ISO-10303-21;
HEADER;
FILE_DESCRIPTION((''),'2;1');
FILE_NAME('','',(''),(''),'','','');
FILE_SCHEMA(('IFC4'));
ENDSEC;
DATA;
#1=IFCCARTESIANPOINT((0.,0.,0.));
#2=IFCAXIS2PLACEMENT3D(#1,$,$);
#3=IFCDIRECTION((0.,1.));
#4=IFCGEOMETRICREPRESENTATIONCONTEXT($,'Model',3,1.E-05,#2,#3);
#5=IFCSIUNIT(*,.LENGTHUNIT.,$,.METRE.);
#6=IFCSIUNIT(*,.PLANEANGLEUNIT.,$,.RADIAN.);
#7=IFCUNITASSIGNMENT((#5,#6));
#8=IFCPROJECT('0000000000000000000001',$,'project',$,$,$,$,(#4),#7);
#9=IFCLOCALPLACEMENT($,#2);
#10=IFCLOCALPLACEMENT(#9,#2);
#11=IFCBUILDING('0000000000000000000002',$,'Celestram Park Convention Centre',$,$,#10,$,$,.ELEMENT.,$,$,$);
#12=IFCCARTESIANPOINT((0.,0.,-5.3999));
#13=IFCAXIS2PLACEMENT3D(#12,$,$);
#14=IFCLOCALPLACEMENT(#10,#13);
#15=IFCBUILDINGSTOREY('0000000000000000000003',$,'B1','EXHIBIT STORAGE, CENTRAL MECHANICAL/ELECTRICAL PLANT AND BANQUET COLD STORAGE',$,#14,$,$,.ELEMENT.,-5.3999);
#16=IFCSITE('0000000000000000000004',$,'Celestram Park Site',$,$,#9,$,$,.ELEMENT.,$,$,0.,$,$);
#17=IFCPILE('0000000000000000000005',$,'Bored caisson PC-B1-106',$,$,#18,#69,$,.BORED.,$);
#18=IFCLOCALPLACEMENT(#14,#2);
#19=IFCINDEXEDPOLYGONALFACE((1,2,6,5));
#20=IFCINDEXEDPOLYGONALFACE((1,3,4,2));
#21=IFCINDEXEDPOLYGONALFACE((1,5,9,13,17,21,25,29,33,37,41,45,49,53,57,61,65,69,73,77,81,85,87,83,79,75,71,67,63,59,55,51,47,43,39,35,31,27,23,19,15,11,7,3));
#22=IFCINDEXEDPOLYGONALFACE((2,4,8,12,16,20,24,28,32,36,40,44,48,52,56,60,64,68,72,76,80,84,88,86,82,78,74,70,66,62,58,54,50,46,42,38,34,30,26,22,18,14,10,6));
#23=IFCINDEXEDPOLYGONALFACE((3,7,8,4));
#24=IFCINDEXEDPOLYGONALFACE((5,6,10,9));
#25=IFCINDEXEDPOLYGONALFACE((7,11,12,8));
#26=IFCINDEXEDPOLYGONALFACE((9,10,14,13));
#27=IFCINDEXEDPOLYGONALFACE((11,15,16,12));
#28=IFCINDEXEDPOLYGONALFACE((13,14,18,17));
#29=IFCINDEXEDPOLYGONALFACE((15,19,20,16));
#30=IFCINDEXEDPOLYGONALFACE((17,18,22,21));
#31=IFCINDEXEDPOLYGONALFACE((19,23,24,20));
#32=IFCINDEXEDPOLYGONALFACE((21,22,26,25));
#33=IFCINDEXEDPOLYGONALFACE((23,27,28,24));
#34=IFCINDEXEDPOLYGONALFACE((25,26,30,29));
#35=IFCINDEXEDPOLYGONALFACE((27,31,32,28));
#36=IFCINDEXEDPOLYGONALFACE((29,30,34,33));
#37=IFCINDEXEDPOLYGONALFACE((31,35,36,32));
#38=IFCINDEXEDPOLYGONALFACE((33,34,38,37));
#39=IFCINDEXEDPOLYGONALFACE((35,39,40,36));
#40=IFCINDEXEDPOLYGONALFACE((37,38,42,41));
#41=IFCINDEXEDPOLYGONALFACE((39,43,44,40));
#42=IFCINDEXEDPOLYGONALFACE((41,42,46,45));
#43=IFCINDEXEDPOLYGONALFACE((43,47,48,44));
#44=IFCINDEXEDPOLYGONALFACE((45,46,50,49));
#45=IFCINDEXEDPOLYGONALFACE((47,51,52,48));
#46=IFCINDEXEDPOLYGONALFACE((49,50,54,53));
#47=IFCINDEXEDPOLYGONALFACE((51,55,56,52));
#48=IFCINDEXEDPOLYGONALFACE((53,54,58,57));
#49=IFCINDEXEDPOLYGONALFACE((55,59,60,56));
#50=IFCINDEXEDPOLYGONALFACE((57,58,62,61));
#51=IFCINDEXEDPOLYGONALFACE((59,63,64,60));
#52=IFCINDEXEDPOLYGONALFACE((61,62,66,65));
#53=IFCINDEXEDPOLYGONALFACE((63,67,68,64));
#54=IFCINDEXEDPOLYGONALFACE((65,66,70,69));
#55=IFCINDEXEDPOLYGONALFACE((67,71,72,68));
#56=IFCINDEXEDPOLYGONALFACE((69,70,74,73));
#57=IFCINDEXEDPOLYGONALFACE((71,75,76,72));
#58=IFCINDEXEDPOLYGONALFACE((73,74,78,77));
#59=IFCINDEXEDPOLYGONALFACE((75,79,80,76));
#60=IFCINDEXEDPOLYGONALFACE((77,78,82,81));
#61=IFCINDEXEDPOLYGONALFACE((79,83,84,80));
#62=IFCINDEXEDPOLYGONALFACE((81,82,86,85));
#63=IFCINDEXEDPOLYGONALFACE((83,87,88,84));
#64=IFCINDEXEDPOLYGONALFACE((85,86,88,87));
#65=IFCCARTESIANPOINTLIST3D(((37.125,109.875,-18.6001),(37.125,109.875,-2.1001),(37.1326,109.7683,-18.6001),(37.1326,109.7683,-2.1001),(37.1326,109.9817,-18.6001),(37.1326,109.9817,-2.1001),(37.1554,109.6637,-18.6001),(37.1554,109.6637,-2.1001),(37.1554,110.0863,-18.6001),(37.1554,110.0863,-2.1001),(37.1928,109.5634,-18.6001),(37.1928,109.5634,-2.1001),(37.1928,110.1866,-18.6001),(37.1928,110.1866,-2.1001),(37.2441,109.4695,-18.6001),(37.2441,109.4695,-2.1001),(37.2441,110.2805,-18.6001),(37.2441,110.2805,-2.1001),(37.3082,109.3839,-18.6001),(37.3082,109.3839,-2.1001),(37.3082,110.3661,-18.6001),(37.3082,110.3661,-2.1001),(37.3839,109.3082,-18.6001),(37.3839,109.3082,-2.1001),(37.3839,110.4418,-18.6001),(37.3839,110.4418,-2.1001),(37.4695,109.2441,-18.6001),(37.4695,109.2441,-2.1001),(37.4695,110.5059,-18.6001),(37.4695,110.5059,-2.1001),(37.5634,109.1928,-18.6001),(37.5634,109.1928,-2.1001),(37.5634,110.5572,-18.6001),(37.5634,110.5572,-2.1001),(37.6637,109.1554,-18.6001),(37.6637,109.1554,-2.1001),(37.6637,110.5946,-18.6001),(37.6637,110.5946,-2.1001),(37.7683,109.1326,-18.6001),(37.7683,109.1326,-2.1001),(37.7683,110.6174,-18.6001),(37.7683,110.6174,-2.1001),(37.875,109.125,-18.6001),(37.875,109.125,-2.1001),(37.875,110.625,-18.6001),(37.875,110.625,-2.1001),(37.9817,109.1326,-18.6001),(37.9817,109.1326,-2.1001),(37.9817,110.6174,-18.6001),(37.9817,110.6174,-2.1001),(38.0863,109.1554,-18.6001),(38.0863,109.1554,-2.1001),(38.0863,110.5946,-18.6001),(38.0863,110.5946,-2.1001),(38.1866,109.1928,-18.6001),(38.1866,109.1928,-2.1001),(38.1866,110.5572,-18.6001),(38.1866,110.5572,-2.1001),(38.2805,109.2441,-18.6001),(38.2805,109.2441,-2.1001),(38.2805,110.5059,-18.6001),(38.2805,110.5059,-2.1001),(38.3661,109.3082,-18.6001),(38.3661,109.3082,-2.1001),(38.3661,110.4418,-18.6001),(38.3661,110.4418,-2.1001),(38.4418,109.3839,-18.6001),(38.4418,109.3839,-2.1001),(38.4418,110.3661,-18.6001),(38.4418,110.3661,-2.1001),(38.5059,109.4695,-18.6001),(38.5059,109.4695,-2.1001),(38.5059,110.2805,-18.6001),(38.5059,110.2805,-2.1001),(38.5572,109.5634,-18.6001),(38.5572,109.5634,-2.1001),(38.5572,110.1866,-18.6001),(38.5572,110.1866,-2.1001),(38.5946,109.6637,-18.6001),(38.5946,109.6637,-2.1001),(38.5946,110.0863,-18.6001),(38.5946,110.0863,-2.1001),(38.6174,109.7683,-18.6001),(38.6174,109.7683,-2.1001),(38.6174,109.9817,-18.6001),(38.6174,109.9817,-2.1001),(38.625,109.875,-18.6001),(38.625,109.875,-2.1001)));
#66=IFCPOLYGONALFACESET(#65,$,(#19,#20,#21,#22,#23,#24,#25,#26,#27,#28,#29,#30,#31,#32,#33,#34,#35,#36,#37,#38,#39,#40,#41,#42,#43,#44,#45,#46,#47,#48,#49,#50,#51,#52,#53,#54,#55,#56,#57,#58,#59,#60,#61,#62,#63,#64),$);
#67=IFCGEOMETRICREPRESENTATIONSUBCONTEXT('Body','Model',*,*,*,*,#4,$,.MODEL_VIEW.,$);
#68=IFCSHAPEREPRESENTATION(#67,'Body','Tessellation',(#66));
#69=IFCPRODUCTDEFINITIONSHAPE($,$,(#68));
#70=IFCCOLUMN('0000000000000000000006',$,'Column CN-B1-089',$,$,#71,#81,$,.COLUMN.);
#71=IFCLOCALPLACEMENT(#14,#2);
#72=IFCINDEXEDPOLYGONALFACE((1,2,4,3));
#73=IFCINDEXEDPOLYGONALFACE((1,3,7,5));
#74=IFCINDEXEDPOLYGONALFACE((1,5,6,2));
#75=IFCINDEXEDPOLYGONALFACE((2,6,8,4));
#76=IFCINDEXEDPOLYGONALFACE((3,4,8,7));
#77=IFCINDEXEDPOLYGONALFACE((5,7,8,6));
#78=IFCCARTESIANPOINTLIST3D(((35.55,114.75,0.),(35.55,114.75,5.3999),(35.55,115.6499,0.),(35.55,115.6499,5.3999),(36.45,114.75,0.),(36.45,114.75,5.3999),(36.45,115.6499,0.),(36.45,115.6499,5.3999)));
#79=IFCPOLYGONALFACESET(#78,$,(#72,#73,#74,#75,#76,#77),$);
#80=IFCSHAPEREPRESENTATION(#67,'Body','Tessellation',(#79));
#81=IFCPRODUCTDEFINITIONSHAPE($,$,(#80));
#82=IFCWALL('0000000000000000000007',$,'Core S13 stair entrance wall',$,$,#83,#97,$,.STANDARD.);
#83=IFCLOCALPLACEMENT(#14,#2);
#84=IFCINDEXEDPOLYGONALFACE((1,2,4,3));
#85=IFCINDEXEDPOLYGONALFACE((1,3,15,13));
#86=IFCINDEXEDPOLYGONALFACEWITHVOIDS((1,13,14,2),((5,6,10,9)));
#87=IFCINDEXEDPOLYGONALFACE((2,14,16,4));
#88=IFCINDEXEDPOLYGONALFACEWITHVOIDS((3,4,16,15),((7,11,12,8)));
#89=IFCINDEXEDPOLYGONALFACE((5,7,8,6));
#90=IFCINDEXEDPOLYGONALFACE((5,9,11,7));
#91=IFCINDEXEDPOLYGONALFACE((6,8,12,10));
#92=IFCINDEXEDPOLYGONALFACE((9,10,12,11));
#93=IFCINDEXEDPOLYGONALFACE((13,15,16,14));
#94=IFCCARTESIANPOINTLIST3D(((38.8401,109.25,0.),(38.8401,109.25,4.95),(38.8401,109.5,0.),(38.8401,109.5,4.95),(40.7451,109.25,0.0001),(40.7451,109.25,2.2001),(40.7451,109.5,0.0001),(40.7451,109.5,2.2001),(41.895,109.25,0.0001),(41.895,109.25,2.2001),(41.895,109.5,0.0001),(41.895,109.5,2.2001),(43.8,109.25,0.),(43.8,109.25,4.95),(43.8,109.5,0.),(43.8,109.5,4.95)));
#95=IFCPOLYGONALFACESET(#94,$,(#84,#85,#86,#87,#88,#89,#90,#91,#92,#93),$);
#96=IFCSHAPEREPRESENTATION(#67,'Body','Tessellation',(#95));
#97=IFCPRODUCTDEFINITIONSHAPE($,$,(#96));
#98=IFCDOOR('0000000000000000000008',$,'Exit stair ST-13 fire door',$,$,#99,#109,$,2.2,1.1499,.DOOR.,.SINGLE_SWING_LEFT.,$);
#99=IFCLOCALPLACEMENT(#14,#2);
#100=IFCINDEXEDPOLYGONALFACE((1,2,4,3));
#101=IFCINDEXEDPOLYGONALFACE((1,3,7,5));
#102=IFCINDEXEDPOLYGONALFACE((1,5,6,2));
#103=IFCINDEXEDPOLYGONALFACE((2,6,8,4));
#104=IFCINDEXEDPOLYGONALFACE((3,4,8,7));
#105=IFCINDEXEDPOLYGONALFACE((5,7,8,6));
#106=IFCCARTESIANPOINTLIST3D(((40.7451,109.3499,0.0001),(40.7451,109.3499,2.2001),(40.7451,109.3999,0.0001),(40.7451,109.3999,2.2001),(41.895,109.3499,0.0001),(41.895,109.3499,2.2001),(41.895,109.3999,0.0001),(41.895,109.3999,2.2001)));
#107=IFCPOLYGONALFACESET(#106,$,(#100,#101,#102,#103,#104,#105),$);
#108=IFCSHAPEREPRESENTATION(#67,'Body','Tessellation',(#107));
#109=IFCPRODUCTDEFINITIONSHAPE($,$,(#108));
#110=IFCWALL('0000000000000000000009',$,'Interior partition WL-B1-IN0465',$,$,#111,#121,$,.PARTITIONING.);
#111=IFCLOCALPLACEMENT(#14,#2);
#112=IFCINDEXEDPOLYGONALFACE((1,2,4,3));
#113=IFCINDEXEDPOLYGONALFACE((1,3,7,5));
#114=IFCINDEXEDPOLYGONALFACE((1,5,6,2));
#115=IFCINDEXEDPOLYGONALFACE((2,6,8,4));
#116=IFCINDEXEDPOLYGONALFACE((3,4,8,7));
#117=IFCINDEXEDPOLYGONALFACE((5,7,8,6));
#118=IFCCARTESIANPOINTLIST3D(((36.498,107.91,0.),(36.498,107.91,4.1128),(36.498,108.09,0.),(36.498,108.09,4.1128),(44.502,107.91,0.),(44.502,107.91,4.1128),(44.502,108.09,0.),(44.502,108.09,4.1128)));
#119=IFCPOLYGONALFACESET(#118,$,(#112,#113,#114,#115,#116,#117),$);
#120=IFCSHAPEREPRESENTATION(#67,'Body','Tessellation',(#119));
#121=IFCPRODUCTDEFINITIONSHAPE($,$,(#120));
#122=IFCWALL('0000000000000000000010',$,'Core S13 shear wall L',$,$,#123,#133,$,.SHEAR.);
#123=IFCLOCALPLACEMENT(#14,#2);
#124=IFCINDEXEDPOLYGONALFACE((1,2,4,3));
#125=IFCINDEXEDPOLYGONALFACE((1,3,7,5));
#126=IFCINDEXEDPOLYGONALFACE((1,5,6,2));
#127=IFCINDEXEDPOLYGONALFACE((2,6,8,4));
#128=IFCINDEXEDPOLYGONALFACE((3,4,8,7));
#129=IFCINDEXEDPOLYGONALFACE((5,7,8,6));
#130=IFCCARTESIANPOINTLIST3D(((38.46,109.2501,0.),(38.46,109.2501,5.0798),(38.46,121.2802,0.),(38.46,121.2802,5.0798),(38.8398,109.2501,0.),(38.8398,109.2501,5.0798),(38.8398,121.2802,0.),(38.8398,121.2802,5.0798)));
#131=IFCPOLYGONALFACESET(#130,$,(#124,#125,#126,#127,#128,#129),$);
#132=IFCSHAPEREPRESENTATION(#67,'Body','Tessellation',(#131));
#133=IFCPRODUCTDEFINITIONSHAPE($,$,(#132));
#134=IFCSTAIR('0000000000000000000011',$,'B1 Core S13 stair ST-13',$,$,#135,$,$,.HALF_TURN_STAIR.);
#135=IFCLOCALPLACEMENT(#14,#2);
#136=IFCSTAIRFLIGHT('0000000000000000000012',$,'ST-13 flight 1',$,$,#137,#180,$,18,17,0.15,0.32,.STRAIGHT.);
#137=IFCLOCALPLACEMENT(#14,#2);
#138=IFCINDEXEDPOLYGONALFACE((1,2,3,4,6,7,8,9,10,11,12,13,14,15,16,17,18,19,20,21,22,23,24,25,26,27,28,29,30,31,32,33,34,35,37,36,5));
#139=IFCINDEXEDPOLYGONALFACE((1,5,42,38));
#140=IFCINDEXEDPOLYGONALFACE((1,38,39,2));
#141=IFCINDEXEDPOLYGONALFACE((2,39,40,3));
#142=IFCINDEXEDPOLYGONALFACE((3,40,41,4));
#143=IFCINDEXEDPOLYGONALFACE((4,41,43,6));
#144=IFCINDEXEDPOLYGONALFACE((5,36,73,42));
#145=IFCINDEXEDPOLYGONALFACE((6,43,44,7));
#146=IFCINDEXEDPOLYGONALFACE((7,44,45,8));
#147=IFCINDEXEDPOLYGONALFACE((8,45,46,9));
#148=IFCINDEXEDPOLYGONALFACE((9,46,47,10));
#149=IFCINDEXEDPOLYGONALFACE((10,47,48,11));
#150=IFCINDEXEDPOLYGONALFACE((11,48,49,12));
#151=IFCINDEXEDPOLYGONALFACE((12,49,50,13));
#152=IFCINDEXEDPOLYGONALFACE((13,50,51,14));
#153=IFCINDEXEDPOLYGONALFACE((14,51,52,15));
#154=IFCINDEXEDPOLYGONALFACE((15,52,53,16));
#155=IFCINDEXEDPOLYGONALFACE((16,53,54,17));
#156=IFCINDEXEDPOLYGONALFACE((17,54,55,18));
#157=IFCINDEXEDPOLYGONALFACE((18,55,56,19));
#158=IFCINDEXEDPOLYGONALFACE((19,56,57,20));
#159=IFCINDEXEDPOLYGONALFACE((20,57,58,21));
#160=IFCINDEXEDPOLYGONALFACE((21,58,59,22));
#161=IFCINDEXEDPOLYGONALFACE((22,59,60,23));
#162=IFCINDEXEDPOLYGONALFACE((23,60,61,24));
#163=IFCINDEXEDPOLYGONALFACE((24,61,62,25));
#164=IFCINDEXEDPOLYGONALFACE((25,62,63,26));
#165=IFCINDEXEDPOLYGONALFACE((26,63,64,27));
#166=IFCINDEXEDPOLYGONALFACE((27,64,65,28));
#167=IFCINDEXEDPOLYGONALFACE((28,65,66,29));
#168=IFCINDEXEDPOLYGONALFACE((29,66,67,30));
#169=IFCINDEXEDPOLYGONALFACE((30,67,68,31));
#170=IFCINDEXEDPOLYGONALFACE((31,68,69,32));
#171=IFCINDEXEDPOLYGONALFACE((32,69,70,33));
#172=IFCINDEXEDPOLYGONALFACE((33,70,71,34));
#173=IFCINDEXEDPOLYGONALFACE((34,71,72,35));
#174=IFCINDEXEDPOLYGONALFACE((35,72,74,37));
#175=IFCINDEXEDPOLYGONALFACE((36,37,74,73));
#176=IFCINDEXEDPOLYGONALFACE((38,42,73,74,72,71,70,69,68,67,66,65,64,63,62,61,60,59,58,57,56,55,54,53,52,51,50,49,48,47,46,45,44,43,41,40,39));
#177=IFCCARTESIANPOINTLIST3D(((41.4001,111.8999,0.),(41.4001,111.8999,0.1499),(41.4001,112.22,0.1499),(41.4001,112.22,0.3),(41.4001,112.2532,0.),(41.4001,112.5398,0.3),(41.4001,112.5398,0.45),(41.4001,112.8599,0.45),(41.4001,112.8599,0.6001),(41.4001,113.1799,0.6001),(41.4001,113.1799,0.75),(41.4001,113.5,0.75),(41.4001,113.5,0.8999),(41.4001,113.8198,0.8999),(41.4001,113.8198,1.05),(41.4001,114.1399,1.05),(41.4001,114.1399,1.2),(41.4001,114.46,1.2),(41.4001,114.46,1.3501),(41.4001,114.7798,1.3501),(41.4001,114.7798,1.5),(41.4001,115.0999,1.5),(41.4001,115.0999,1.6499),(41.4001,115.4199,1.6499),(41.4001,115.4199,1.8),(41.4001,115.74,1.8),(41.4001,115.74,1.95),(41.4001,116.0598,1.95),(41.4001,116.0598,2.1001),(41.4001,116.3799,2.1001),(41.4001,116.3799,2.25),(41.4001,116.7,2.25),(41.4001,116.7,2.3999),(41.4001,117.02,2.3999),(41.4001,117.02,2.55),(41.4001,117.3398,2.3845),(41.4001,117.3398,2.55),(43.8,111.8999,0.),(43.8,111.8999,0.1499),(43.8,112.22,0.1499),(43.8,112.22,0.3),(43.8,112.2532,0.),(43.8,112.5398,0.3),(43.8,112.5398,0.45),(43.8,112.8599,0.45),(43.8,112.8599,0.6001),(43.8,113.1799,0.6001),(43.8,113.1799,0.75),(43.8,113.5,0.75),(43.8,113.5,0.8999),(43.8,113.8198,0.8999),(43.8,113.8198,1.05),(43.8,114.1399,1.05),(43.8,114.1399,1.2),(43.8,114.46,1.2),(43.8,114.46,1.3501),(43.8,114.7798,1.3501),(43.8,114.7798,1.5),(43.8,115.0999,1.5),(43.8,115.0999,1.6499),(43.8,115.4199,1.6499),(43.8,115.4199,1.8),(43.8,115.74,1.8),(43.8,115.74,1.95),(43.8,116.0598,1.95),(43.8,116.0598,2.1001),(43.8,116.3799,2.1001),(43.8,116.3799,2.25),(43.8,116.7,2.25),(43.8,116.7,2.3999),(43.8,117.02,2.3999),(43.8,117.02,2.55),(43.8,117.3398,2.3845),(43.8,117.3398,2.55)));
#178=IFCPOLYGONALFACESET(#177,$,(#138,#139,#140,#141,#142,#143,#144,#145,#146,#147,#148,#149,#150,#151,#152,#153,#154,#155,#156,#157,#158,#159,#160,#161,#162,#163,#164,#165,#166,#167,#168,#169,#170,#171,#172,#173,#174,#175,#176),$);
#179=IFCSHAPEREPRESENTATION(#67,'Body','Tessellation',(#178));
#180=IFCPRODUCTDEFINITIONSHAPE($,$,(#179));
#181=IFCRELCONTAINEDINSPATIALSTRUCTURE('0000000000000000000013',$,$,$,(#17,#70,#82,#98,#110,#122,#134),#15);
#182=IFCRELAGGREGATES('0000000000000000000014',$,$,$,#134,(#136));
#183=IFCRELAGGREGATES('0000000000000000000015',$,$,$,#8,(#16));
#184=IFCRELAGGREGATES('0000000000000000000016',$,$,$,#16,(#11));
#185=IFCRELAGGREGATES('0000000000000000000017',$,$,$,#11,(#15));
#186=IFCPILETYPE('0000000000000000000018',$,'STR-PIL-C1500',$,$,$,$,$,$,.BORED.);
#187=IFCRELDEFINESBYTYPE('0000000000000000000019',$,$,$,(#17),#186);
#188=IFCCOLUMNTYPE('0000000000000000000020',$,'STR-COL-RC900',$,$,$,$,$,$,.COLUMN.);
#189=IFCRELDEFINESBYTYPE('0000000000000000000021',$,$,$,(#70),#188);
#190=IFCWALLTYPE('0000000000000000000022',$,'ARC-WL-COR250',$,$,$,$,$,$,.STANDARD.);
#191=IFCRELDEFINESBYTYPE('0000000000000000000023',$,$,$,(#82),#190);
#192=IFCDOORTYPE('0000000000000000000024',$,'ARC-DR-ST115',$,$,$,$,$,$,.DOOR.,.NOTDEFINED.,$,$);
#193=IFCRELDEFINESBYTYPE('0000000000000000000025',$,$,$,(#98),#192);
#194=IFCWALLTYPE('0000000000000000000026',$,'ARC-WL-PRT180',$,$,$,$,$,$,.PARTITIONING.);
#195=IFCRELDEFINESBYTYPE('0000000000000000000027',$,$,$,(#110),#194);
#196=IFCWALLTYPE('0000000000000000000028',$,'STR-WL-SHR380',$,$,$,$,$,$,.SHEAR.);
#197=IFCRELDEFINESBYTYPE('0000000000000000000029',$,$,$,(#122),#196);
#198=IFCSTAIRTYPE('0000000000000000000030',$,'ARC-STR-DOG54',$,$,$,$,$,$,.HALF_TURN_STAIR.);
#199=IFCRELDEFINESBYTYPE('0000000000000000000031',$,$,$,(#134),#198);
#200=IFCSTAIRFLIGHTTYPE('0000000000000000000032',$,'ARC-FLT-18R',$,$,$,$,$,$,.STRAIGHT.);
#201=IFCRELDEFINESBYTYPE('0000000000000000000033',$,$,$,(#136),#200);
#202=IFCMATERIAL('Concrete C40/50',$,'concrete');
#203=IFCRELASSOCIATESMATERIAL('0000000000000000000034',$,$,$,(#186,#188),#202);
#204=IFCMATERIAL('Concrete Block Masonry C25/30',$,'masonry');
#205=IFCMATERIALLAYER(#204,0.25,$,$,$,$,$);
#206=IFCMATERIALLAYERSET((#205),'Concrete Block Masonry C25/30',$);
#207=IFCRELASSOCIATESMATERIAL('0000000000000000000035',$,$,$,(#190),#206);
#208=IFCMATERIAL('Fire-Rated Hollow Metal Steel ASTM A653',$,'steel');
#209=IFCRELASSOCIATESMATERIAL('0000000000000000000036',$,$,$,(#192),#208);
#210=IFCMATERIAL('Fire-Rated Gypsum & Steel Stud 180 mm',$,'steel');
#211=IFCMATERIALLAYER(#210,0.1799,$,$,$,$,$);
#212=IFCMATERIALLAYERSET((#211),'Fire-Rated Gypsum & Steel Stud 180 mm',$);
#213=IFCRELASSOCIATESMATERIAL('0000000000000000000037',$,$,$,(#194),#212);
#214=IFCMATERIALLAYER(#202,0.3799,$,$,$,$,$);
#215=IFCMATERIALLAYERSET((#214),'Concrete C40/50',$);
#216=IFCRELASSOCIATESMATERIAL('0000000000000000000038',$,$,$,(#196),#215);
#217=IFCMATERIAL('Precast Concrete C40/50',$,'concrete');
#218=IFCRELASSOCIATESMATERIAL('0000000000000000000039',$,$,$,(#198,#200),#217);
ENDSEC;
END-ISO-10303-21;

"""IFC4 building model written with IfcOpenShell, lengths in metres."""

from ifc_helpers import new_model, si_unit, direction, frame, frame_2d, origin, origin_2d, place, context, subcontext, project, spatial, polyline, rectangle, circle, outline, extrude, material, layer, layer_set, material_profile, profile_set, type_object, element, fill, aggregate, save


model = new_model("IFC4")

# Units and contexts
model_context = context("Model", 3, precision=1e-05, world=origin(), true_north=direction((0.0, 1.0)))
body_context = subcontext(model_context, "Body", "Model", "MODEL_VIEW")
ifc_project = project(units=[si_unit("LENGTHUNIT", "METRE"), si_unit("PLANEANGLEUNIT", "RADIAN")], contexts=[model_context])

# Site, building, storey
site_placement = place(None, origin())
site = spatial("IfcSite", under=ifc_project, at=site_placement, Name="Celestram Park Site", CompositionType="ELEMENT", RefElevation=0.0)
building_placement = place(site_placement, origin())
building = spatial("IfcBuilding", under=site, at=building_placement, Name="Celestram Park Convention Centre", CompositionType="ELEMENT")
storey_placement = place(building_placement, frame((0.0, 0.0, -5.3999)))
storey = spatial("IfcBuildingStorey", under=building, at=storey_placement, Name="B1", Description="EXHIBIT STORAGE, CENTRAL MECHANICAL/ELECTRICAL PLANT AND BANQUET COLD STORAGE", CompositionType="ELEMENT", Elevation=-5.3999)

# Shared definitions
ifc_material_1 = material(Name="Concrete C40/50", Category="concrete")

# Pile
ifc_material_profile_1 = material_profile(ifc_material_1, circle(Radius=0.75, at=origin_2d()), Name="CAISSON1500")
ifc_profile_set_1 = profile_set([ifc_material_profile_1], Name="Concrete C40/50")
pile_type_1 = type_object("IfcPileType", Name="STR-PIL-C1500", PredefinedType="BORED", material=ifc_profile_set_1)
pile_placement = place(storey_placement, frame((37.875, 109.875, -2.1001), z_axis=(0.0, 0.0, -1.0), x_axis=(1.0, 0.0, 0.0)))
element("IfcPile", 1, at=pile_placement, inside=storey, type_object=pile_type_1, Name="Bored caisson PC-B1-106", PredefinedType="BORED", context=body_context, shape_type="SweptSolid", body=[
    extrude(circle(Radius=0.75, at=origin_2d()), origin(), (0.0, 0.0, 1.0), 16.5),
])

# Column
ifc_material_profile_2 = material_profile(ifc_material_1, rectangle(XDim=0.8999, YDim=0.8999, at=origin_2d()), Name="RC900X900")
ifc_profile_set_2 = profile_set([ifc_material_profile_2], Name="Concrete C40/50")
column_type = type_object("IfcColumnType", Name="STR-COL-RC900", PredefinedType="COLUMN", material=ifc_profile_set_2)
column_placement = place(storey_placement, frame((36.0, 115.2, 0.0), z_axis=(0.0, 0.0, 1.0), x_axis=(1.0, 0.0, 0.0)))
element("IfcColumn", 2, at=column_placement, inside=storey, type_object=column_type, Name="Column CN-B1-089", PredefinedType="COLUMN", context=body_context, shape_type="SweptSolid", body=[
    extrude(rectangle(XDim=0.8999, YDim=0.8999, at=origin_2d()), origin(), (0.0, 0.0, 1.0), 5.3999),
])

# Wall, opening, door
ifc_material_2 = material(Name="Concrete Block Masonry C25/30", Category="masonry")
ifc_layer_1 = layer(ifc_material_2, 0.25)
ifc_layer_set_1 = layer_set([ifc_layer_1], Name="Concrete Block Masonry C25/30")
wall_type_1 = type_object("IfcWallType", Name="ARC-WL-COR250", PredefinedType="STANDARD", material=ifc_layer_set_1)
wall_1_placement = place(storey_placement, frame((38.8401, 109.375, 0.0), z_axis=(0.0, 0.0, 1.0), x_axis=(1.0, 0.0, 0.0)))
wall_1 = element("IfcWall", 3, at=wall_1_placement, inside=storey, type_object=wall_type_1, Name="Core S13 stair entrance wall", PredefinedType="STANDARD", context=body_context, shape_type="SweptSolid", body=[
    extrude(rectangle(XDim=4.96, YDim=0.25, at=frame_2d((2.48, 0.0))), origin(), (0.0, 0.0, 1.0), 4.95),
])
opening_placement = place(wall_1_placement, frame((1.905, 0.0, 0.0)))
opening = element("IfcOpeningElement", 4, at=opening_placement, cuts=wall_1, PredefinedType="OPENING", context=body_context, shape_type="SweptSolid", body=[
    extrude(rectangle(XDim=1.1499, YDim=2.2, at=frame_2d((0.575, 1.1001))), frame((0.0, 0.135, 0.0), z_axis=(0.0, -1.0, 0.0), x_axis=(1.0, 0.0, 0.0)), (0.0, 0.0, 1.0), 0.27),
])
ifc_material_3 = material(Name="Fire-Rated Hollow Metal Steel ASTM A653", Category="steel")
door_type = type_object("IfcDoorType", Name="ARC-DR-ST115", OperationType="NOTDEFINED", PredefinedType="DOOR", material=ifc_material_3)
door_placement = place(opening_placement, origin())
door = element("IfcDoor", 5, at=door_placement, inside=storey, type_object=door_type, Name="Exit stair ST-13 fire door", OperationType="SINGLE_SWING_LEFT", OverallHeight=2.2, OverallWidth=1.1499, PredefinedType="DOOR", context=body_context, shape_type="SweptSolid", body=[
    extrude(rectangle(XDim=1.1499, YDim=2.2, at=frame_2d((0.575, 1.1001))), frame((0.0, 0.0249, 0.0), z_axis=(0.0, -1.0, 0.0), x_axis=(1.0, 0.0, 0.0)), (0.0, 0.0, 1.0), 0.05),
])
fill(opening, door)

# Walls
ifc_material_4 = material(Name="Fire-Rated Gypsum & Steel Stud 180 mm", Category="steel")
ifc_layer_2 = layer(ifc_material_4, 0.1799)
ifc_layer_set_2 = layer_set([ifc_layer_2], Name="Fire-Rated Gypsum & Steel Stud 180 mm")
wall_type_2 = type_object("IfcWallType", Name="ARC-WL-PRT180", PredefinedType="PARTITIONING", material=ifc_layer_set_2)
wall_2_placement = place(storey_placement, frame((36.498, 108.0, 0.0), z_axis=(0.0, 0.0, 1.0), x_axis=(1.0, 0.0, 0.0)))
element("IfcWall", 6, at=wall_2_placement, inside=storey, type_object=wall_type_2, Name="Interior partition WL-B1-IN0465", PredefinedType="PARTITIONING", context=body_context, shape_type="SweptSolid", body=[
    extrude(rectangle(XDim=8.0039, YDim=0.1799, at=frame_2d((4.002, 0.0))), origin(), (0.0, 0.0, 1.0), 4.1128),
])
ifc_layer_3 = layer(ifc_material_1, 0.3799)
ifc_layer_set_3 = layer_set([ifc_layer_3], Name="Concrete C40/50")
wall_type_3 = type_object("IfcWallType", Name="STR-WL-SHR380", PredefinedType="SHEAR", material=ifc_layer_set_3)
wall_3_placement = place(storey_placement, frame((38.6499, 109.25, 0.0), z_axis=(0.0, 0.0, 1.0), x_axis=(0.0, 1.0, 0.0)))
element("IfcWall", 7, at=wall_3_placement, inside=storey, type_object=wall_type_3, Name="Core S13 shear wall L", PredefinedType="SHEAR", context=body_context, shape_type="SweptSolid", body=[
    extrude(rectangle(XDim=12.03, YDim=0.3799, at=frame_2d((6.0151, 0.0))), origin(), (0.0, 0.0, 1.0), 5.0798),
])

# Stair, stair flight
ifc_material_5 = material(Name="Precast Concrete C40/50", Category="concrete")
stair_type = type_object("IfcStairType", Name="ARC-STR-DOG54", PredefinedType="HALF_TURN_STAIR", material=ifc_material_5)
stair_placement = place(storey_placement, origin())
stair = element("IfcStair", 8, at=stair_placement, inside=storey, type_object=stair_type, Name="B1 Core S13 stair ST-13", PredefinedType="HALF_TURN_STAIR")
stair_flight_type = type_object("IfcStairFlightType", Name="ARC-FLT-18R", PredefinedType="STRAIGHT", material=ifc_material_5)
stair_flight_1_placement = place(storey_placement, frame((42.6001, 111.8999, 0.0), z_axis=(0.0, 0.0, 1.0), x_axis=(0.0, 1.0, 0.0)))
stair_flight_1 = element("IfcStairFlight", 9, at=stair_flight_1_placement, type_object=stair_flight_type, Name="ST-13 flight 1", NumberOfRisers=18, NumberOfTreads=17, PredefinedType="STRAIGHT", RiserHeight=0.15, TreadLength=0.32, context=body_context, shape_type="SweptSolid", body=[
    extrude(outline(polyline([(0.0, 0.0), (0.0, 0.1499), (0.3201, 0.1499), (0.3201, 0.3), (0.6399, 0.3), (0.6399, 0.45), (0.96, 0.45), (0.96, 0.6001), (1.28, 0.6001), (1.28, 0.75), (1.6001, 0.75), (1.6001, 0.8999), (1.9199, 0.8999), (1.9199, 1.05), (2.24, 1.05), (2.24, 1.2), (2.5601, 1.2), (2.5601, 1.3501), (2.8799, 1.3501), (2.8799, 1.5), (3.2, 1.5), (3.2, 1.6499), (3.52, 1.6499), (3.52, 1.8), (3.8401, 1.8), (3.8401, 1.95), (4.1599, 1.95), (4.1599, 2.1001), (4.48, 2.1001), (4.48, 2.25), (4.8, 2.25), (4.8, 2.3999), (5.1201, 2.3999), (5.1201, 2.55), (5.4399, 2.55), (5.4399, 2.7), (5.4399, 2.3845), (0.3533, 0.0), (0.0, 0.0)])), frame((0.0, 1.2, 0.0), z_axis=(0.0, -1.0, 0.0), x_axis=(1.0, 0.0, 0.0)), (0.0, 0.0, 1.0), 2.3999),
])
aggregate(stair, [stair_flight_1])

save(model, "model.ifc")
